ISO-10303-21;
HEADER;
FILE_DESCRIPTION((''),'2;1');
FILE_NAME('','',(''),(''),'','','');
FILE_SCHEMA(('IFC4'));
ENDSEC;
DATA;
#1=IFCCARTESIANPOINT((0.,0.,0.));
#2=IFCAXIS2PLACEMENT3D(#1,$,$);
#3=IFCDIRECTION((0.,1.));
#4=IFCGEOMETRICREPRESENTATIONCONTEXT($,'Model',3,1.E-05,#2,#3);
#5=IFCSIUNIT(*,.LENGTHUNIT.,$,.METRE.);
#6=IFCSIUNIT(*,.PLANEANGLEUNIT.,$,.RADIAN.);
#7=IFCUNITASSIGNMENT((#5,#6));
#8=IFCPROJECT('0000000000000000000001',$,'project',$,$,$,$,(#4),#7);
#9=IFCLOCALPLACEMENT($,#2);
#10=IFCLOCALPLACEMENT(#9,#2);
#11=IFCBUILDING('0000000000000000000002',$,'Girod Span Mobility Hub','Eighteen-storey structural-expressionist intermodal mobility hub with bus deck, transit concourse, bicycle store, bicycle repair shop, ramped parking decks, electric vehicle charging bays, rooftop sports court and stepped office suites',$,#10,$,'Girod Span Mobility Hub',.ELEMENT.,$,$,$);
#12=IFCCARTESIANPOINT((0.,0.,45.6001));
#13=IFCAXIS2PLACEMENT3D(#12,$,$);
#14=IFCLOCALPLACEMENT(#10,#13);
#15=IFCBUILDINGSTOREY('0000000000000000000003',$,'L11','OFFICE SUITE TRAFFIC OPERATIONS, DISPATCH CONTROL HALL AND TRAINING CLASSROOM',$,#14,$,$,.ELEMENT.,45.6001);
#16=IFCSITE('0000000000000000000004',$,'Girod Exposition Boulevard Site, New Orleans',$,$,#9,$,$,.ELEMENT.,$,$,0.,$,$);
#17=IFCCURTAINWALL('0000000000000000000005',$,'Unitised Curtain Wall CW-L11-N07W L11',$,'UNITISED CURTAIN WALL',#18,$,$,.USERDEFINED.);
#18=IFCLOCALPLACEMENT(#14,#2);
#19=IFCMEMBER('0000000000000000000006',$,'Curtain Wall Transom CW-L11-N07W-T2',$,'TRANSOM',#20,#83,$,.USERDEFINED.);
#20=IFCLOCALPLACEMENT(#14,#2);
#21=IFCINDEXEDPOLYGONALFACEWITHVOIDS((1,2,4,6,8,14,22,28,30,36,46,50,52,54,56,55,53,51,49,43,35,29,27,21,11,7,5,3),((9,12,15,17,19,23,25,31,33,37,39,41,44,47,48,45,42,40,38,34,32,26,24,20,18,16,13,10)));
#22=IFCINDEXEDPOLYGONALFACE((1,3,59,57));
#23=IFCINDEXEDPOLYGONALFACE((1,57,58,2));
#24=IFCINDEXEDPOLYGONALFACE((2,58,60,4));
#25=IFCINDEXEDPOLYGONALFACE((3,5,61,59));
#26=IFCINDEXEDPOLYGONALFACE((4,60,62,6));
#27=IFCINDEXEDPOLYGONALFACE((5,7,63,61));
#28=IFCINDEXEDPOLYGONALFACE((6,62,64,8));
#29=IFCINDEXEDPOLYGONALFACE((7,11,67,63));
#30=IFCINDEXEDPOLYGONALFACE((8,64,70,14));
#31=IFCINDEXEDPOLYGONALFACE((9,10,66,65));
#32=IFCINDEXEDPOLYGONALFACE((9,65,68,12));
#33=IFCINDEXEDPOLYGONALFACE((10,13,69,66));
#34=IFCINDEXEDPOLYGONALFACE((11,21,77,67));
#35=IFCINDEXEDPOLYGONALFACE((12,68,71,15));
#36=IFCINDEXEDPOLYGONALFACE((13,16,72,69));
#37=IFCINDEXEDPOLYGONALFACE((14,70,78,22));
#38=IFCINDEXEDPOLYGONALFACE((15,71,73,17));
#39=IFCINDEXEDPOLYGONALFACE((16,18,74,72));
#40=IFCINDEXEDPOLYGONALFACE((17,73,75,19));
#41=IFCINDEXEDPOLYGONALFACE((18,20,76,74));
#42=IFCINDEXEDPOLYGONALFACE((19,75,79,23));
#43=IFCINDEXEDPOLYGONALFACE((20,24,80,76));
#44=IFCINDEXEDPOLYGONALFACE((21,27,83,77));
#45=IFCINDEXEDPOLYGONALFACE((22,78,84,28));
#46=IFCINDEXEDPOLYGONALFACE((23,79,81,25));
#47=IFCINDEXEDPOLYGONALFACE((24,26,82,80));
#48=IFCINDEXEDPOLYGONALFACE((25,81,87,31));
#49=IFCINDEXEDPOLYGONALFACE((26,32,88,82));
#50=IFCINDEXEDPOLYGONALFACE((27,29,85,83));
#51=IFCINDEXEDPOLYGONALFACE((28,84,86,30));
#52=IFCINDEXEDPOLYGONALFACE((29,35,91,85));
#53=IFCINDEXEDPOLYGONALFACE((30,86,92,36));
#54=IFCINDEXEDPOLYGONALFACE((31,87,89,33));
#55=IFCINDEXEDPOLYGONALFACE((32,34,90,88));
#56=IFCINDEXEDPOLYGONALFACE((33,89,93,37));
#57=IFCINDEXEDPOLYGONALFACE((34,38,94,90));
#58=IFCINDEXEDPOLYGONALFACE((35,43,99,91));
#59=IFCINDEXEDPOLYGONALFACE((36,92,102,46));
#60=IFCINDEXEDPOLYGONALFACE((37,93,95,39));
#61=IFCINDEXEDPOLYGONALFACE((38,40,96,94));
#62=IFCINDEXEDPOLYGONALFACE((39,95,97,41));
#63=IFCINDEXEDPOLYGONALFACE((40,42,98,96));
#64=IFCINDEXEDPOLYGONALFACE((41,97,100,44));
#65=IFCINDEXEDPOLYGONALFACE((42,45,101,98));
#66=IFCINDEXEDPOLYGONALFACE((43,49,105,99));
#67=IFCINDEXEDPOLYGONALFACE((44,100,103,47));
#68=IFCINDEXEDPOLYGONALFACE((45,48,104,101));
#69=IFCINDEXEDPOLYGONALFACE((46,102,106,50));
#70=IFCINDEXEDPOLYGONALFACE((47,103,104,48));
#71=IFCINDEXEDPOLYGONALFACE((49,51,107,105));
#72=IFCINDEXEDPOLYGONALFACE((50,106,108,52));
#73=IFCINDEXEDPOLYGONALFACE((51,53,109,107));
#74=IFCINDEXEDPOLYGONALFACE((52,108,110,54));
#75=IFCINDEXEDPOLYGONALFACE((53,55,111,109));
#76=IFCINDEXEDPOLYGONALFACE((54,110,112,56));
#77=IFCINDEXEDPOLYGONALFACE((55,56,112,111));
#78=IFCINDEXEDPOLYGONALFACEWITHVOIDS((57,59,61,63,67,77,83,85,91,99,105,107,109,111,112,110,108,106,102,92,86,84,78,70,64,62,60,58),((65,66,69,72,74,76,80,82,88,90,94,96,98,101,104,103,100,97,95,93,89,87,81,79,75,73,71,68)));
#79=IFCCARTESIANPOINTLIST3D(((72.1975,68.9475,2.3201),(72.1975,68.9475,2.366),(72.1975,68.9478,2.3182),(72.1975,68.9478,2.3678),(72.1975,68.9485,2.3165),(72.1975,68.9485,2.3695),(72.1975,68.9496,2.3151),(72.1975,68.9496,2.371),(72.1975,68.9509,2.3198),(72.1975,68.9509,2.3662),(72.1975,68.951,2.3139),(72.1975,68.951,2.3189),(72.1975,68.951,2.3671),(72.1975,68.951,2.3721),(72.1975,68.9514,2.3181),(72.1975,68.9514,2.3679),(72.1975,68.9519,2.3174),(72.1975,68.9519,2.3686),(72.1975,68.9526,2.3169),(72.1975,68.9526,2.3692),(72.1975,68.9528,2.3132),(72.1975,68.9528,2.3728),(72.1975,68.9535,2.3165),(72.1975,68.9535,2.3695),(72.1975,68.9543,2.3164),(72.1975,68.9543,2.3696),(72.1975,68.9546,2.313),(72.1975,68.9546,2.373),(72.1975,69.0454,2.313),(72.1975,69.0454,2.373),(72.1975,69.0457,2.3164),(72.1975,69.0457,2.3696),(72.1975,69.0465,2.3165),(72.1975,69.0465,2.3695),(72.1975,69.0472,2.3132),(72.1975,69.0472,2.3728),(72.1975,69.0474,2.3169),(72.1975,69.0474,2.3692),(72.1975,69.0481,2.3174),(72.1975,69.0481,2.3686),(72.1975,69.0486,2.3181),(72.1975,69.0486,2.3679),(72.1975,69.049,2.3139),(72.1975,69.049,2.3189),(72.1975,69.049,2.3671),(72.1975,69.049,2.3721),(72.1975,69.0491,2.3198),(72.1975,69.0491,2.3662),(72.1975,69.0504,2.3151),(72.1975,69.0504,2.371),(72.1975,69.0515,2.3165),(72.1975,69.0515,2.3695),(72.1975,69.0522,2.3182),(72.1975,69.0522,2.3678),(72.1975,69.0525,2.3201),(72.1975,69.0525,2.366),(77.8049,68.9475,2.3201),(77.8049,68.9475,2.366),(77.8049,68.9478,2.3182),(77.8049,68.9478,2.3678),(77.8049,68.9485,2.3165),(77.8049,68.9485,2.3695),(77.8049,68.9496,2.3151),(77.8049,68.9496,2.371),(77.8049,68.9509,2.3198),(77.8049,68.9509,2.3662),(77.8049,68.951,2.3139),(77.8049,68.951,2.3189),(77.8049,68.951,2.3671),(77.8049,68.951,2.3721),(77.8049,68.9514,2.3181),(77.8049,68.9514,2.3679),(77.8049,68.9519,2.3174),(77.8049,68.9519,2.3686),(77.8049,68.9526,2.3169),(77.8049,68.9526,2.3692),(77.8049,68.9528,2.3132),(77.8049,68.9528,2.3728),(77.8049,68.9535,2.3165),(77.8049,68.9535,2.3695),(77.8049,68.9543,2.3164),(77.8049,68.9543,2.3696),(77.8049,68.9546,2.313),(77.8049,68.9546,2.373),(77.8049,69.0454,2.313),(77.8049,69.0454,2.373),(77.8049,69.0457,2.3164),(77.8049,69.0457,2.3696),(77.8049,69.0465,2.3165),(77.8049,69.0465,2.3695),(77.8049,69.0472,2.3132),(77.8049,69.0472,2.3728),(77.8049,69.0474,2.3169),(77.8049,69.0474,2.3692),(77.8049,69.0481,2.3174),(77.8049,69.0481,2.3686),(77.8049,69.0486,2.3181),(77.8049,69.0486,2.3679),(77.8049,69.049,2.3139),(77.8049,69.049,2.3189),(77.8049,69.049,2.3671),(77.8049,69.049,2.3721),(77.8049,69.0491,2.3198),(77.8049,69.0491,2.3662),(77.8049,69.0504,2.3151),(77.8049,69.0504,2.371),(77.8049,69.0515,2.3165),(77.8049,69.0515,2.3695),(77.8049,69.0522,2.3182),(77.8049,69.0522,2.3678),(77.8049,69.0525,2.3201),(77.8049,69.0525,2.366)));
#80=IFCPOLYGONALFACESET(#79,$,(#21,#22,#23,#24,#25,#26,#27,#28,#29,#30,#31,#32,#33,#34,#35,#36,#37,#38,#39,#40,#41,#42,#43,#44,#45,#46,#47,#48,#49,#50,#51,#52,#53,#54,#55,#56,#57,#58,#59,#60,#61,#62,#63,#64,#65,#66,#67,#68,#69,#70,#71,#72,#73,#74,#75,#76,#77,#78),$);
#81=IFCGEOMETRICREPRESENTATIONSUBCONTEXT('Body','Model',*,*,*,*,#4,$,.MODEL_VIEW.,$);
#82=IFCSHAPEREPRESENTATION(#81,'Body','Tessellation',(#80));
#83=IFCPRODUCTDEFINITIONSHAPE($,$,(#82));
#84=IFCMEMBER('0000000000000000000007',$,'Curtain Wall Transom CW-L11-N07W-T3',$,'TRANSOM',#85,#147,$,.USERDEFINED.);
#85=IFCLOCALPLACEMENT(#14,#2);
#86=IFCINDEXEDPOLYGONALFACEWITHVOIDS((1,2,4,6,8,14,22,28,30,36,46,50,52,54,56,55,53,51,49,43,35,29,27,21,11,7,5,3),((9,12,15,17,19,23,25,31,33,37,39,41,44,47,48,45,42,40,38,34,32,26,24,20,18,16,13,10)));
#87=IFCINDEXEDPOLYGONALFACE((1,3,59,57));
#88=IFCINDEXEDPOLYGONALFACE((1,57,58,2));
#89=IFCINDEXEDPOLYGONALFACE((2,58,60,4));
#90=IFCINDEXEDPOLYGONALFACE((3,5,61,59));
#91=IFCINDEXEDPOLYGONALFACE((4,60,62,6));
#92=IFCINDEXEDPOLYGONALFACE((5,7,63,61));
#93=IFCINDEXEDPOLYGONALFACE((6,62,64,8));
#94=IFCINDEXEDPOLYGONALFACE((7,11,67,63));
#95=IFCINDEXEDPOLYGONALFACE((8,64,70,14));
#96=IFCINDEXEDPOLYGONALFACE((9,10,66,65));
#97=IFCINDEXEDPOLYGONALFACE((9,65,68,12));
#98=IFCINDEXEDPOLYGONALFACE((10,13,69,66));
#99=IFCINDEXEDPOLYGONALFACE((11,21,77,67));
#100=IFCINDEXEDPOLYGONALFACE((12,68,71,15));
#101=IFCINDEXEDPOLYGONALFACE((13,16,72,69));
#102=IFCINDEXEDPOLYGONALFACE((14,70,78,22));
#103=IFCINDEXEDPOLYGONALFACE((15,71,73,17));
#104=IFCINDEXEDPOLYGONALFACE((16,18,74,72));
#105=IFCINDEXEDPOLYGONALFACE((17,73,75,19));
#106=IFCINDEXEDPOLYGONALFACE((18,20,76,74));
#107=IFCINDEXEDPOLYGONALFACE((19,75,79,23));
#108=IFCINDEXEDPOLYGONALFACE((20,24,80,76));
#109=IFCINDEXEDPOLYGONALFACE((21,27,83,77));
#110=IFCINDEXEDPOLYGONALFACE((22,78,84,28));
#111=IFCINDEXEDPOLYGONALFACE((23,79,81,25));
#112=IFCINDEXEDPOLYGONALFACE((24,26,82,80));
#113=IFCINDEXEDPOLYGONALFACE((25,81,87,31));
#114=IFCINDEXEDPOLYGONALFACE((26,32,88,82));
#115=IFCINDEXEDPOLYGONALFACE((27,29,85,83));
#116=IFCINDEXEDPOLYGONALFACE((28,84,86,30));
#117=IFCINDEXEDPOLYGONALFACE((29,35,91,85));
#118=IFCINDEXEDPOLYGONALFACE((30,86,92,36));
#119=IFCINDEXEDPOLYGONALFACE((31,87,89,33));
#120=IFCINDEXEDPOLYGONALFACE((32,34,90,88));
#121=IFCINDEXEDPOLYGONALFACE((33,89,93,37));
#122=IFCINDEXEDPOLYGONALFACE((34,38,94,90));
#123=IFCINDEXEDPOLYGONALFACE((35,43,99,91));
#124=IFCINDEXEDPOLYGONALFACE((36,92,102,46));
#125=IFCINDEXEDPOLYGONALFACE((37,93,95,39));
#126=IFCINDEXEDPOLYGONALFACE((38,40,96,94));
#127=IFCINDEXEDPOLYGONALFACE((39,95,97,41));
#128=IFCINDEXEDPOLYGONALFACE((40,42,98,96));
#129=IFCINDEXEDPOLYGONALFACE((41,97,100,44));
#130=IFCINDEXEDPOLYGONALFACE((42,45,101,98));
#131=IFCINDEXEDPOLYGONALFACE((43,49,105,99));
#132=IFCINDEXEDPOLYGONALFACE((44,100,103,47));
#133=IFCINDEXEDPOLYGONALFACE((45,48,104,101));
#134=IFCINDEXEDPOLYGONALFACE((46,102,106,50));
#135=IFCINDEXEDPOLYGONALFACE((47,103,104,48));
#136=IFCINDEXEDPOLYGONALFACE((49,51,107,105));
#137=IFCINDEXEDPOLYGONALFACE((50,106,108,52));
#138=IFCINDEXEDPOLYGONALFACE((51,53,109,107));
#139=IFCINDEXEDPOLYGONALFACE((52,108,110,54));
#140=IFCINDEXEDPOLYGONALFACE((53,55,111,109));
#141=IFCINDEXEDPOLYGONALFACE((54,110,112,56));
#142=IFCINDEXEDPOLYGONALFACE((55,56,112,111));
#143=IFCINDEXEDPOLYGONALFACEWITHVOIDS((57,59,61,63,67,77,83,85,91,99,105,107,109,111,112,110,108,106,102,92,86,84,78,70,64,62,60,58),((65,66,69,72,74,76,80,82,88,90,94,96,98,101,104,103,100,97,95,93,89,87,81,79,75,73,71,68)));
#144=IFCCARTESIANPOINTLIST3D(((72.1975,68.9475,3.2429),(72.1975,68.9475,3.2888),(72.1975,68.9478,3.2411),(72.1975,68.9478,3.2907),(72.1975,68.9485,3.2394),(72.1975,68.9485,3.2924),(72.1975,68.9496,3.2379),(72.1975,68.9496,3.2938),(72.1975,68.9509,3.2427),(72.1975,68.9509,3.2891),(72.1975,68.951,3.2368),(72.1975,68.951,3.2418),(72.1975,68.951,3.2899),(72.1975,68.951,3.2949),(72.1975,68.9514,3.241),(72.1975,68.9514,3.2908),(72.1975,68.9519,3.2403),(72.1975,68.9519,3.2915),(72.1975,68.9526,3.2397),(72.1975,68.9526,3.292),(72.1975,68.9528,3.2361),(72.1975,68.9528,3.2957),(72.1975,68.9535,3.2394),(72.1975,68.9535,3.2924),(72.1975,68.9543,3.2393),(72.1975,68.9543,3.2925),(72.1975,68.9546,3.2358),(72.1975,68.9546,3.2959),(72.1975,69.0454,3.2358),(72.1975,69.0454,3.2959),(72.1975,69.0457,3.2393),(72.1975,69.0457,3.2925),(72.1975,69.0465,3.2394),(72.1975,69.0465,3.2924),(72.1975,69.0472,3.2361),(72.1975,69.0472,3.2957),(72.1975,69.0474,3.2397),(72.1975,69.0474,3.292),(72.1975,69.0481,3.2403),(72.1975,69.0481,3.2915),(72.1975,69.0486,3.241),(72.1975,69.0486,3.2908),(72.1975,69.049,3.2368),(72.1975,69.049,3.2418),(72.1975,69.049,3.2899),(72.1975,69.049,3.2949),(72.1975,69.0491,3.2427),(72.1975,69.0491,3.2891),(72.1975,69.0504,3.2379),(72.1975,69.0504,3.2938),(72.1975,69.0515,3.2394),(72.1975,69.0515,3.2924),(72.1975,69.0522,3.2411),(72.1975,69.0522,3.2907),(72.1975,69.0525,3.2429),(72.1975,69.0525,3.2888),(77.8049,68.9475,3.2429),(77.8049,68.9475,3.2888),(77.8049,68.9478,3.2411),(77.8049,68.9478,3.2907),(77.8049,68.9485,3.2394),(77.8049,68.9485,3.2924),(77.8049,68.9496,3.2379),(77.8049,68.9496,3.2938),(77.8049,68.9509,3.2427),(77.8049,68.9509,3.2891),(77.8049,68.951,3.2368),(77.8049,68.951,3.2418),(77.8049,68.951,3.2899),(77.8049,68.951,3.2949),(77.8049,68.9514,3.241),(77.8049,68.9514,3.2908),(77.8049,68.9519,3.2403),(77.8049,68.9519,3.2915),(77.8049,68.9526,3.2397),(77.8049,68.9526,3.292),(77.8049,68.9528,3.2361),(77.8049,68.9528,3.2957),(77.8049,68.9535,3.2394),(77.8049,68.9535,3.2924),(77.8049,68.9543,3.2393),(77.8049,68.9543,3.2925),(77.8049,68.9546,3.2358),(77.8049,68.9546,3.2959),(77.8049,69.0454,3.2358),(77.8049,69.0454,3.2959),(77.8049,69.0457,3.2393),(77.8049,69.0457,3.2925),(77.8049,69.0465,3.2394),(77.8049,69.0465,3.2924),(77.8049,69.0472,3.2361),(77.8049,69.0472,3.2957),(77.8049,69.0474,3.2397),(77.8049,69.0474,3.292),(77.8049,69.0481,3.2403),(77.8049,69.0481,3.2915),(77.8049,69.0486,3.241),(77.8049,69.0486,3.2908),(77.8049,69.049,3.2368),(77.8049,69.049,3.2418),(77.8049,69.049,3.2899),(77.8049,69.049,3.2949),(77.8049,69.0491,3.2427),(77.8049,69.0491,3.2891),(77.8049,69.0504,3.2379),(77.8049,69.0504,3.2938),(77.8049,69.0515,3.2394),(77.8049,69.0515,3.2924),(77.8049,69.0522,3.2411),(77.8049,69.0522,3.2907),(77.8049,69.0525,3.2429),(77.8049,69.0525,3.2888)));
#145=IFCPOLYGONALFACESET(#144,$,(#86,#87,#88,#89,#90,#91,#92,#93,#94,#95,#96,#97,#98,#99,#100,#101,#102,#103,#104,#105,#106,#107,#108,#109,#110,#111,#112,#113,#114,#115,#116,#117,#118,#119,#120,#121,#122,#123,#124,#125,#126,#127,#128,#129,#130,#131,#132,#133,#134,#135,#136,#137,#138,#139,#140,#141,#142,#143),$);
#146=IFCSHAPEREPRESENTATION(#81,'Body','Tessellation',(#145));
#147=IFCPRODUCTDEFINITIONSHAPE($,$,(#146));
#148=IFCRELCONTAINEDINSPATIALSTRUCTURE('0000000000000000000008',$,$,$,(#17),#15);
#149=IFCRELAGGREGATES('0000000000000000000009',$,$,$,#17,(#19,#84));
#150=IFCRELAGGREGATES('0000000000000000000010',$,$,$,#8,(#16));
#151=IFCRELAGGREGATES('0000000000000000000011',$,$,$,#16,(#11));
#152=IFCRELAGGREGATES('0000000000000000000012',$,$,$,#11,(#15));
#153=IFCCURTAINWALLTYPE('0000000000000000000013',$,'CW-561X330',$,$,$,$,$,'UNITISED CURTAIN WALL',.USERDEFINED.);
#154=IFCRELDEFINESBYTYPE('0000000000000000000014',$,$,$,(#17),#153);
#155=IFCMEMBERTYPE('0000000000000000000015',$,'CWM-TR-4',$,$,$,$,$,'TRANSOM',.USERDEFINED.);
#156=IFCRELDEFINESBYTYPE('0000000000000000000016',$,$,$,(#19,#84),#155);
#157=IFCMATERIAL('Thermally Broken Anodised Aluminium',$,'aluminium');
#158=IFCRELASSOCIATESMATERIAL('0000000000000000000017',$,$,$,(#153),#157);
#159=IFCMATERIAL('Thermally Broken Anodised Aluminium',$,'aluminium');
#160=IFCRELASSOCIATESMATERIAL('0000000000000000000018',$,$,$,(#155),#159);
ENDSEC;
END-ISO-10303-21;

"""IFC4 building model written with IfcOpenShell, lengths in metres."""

from ifc_helpers import new_model, si_unit, direction, frame, origin, origin_2d, place, context, subcontext, project, spatial, hollow_rectangle, extrude, material, material_profile, profile_set, type_object, element, aggregate, save


model = new_model("IFC4")

# Units and contexts
model_context = context("Model", 3, precision=1e-05, world=origin(), true_north=direction((0.0, 1.0)))
body_context = subcontext(model_context, "Body", "Model", "MODEL_VIEW")
ifc_project = project(units=[si_unit("LENGTHUNIT", "METRE"), si_unit("PLANEANGLEUNIT", "RADIAN")], contexts=[model_context])

# Site, building, storey
site_placement = place(None, origin())
site = spatial("IfcSite", under=ifc_project, at=site_placement, Name="Girod Exposition Boulevard Site, New Orleans", CompositionType="ELEMENT", RefElevation=0.0)
building_placement = place(site_placement, origin())
building = spatial("IfcBuilding", under=site, at=building_placement, Name="Girod Span Mobility Hub", Description="Eighteen-storey structural-expressionist intermodal mobility hub with bus deck, transit concourse, bicycle store, bicycle repair shop, ramped parking decks, electric vehicle charging bays, rooftop sports court and stepped office suites", LongName="Girod Span Mobility Hub", CompositionType="ELEMENT")
storey_placement = place(building_placement, frame((0.0, 0.0, 45.6001)))
storey = spatial("IfcBuildingStorey", under=building, at=storey_placement, Name="L11", Description="OFFICE SUITE TRAFFIC OPERATIONS, DISPATCH CONTROL HALL AND TRAINING CLASSROOM", CompositionType="ELEMENT", Elevation=45.6001)

# Shared definitions
ifc_material_1 = material(Name="Thermally Broken Anodised Aluminium", Category="aluminium")
curtain_wall_type = type_object("IfcCurtainWallType", Name="CW-561X330", ElementType="UNITISED CURTAIN WALL", PredefinedType="USERDEFINED", material=ifc_material_1)

# Curtain wall
curtain_wall_1_placement = place(storey_placement, origin())
curtain_wall_1 = element("IfcCurtainWall", 1, at=curtain_wall_1_placement, inside=storey, type_object=curtain_wall_type, Name="Unitised Curtain Wall CW-L11-N07W L11", ObjectType="UNITISED CURTAIN WALL", PredefinedType="USERDEFINED")

# Members
ifc_material_2 = material(Name="Thermally Broken Anodised Aluminium", Category="aluminium")
ifc_material_profile_1 = material_profile(ifc_material_2, hollow_rectangle(XDim=0.105, YDim=0.0601, WallThickness=0.0034, InnerFilletRadius=0.0034, OuterFilletRadius=0.0071, at=origin_2d()), Name="CW-TR-60X105")
ifc_profile_set_1 = profile_set([ifc_material_profile_1], Name="Thermally Broken Anodised Aluminium")
member_type_1 = type_object("IfcMemberType", Name="CWM-TR-4", ElementType="TRANSOM", PredefinedType="USERDEFINED", material=ifc_profile_set_1)
member_1_placement = place(storey_placement, frame((72.1975, 69.0, 2.343), z_axis=(1.0, 0.0, 0.0), x_axis=(0.0, 1.0, 0.0)))
member_1 = element("IfcMember", 2, at=member_1_placement, type_object=member_type_1, Name="Curtain Wall Transom CW-L11-N07W-T2", ObjectType="TRANSOM", PredefinedType="USERDEFINED", context=body_context, shape_type="SweptSolid", body=[
    extrude(hollow_rectangle(XDim=0.105, YDim=0.0601, WallThickness=0.0034, InnerFilletRadius=0.0034, OuterFilletRadius=0.0071, at=origin_2d()), origin(), (0.0, 0.0, 1.0), 5.6074),
])
member_2_placement = place(storey_placement, frame((72.1975, 69.0, 3.2659), z_axis=(1.0, 0.0, 0.0), x_axis=(0.0, 1.0, 0.0)))
member_2 = element("IfcMember", 3, at=member_2_placement, type_object=member_type_1, Name="Curtain Wall Transom CW-L11-N07W-T3", ObjectType="TRANSOM", PredefinedType="USERDEFINED", context=body_context, shape_type="SweptSolid", body=[
    extrude(hollow_rectangle(XDim=0.105, YDim=0.0601, WallThickness=0.0034, InnerFilletRadius=0.0034, OuterFilletRadius=0.0071, at=origin_2d()), origin(), (0.0, 0.0, 1.0), 5.6074),
])

aggregate(curtain_wall_1, [member_1, member_2])

save(model, "model.ifc")
